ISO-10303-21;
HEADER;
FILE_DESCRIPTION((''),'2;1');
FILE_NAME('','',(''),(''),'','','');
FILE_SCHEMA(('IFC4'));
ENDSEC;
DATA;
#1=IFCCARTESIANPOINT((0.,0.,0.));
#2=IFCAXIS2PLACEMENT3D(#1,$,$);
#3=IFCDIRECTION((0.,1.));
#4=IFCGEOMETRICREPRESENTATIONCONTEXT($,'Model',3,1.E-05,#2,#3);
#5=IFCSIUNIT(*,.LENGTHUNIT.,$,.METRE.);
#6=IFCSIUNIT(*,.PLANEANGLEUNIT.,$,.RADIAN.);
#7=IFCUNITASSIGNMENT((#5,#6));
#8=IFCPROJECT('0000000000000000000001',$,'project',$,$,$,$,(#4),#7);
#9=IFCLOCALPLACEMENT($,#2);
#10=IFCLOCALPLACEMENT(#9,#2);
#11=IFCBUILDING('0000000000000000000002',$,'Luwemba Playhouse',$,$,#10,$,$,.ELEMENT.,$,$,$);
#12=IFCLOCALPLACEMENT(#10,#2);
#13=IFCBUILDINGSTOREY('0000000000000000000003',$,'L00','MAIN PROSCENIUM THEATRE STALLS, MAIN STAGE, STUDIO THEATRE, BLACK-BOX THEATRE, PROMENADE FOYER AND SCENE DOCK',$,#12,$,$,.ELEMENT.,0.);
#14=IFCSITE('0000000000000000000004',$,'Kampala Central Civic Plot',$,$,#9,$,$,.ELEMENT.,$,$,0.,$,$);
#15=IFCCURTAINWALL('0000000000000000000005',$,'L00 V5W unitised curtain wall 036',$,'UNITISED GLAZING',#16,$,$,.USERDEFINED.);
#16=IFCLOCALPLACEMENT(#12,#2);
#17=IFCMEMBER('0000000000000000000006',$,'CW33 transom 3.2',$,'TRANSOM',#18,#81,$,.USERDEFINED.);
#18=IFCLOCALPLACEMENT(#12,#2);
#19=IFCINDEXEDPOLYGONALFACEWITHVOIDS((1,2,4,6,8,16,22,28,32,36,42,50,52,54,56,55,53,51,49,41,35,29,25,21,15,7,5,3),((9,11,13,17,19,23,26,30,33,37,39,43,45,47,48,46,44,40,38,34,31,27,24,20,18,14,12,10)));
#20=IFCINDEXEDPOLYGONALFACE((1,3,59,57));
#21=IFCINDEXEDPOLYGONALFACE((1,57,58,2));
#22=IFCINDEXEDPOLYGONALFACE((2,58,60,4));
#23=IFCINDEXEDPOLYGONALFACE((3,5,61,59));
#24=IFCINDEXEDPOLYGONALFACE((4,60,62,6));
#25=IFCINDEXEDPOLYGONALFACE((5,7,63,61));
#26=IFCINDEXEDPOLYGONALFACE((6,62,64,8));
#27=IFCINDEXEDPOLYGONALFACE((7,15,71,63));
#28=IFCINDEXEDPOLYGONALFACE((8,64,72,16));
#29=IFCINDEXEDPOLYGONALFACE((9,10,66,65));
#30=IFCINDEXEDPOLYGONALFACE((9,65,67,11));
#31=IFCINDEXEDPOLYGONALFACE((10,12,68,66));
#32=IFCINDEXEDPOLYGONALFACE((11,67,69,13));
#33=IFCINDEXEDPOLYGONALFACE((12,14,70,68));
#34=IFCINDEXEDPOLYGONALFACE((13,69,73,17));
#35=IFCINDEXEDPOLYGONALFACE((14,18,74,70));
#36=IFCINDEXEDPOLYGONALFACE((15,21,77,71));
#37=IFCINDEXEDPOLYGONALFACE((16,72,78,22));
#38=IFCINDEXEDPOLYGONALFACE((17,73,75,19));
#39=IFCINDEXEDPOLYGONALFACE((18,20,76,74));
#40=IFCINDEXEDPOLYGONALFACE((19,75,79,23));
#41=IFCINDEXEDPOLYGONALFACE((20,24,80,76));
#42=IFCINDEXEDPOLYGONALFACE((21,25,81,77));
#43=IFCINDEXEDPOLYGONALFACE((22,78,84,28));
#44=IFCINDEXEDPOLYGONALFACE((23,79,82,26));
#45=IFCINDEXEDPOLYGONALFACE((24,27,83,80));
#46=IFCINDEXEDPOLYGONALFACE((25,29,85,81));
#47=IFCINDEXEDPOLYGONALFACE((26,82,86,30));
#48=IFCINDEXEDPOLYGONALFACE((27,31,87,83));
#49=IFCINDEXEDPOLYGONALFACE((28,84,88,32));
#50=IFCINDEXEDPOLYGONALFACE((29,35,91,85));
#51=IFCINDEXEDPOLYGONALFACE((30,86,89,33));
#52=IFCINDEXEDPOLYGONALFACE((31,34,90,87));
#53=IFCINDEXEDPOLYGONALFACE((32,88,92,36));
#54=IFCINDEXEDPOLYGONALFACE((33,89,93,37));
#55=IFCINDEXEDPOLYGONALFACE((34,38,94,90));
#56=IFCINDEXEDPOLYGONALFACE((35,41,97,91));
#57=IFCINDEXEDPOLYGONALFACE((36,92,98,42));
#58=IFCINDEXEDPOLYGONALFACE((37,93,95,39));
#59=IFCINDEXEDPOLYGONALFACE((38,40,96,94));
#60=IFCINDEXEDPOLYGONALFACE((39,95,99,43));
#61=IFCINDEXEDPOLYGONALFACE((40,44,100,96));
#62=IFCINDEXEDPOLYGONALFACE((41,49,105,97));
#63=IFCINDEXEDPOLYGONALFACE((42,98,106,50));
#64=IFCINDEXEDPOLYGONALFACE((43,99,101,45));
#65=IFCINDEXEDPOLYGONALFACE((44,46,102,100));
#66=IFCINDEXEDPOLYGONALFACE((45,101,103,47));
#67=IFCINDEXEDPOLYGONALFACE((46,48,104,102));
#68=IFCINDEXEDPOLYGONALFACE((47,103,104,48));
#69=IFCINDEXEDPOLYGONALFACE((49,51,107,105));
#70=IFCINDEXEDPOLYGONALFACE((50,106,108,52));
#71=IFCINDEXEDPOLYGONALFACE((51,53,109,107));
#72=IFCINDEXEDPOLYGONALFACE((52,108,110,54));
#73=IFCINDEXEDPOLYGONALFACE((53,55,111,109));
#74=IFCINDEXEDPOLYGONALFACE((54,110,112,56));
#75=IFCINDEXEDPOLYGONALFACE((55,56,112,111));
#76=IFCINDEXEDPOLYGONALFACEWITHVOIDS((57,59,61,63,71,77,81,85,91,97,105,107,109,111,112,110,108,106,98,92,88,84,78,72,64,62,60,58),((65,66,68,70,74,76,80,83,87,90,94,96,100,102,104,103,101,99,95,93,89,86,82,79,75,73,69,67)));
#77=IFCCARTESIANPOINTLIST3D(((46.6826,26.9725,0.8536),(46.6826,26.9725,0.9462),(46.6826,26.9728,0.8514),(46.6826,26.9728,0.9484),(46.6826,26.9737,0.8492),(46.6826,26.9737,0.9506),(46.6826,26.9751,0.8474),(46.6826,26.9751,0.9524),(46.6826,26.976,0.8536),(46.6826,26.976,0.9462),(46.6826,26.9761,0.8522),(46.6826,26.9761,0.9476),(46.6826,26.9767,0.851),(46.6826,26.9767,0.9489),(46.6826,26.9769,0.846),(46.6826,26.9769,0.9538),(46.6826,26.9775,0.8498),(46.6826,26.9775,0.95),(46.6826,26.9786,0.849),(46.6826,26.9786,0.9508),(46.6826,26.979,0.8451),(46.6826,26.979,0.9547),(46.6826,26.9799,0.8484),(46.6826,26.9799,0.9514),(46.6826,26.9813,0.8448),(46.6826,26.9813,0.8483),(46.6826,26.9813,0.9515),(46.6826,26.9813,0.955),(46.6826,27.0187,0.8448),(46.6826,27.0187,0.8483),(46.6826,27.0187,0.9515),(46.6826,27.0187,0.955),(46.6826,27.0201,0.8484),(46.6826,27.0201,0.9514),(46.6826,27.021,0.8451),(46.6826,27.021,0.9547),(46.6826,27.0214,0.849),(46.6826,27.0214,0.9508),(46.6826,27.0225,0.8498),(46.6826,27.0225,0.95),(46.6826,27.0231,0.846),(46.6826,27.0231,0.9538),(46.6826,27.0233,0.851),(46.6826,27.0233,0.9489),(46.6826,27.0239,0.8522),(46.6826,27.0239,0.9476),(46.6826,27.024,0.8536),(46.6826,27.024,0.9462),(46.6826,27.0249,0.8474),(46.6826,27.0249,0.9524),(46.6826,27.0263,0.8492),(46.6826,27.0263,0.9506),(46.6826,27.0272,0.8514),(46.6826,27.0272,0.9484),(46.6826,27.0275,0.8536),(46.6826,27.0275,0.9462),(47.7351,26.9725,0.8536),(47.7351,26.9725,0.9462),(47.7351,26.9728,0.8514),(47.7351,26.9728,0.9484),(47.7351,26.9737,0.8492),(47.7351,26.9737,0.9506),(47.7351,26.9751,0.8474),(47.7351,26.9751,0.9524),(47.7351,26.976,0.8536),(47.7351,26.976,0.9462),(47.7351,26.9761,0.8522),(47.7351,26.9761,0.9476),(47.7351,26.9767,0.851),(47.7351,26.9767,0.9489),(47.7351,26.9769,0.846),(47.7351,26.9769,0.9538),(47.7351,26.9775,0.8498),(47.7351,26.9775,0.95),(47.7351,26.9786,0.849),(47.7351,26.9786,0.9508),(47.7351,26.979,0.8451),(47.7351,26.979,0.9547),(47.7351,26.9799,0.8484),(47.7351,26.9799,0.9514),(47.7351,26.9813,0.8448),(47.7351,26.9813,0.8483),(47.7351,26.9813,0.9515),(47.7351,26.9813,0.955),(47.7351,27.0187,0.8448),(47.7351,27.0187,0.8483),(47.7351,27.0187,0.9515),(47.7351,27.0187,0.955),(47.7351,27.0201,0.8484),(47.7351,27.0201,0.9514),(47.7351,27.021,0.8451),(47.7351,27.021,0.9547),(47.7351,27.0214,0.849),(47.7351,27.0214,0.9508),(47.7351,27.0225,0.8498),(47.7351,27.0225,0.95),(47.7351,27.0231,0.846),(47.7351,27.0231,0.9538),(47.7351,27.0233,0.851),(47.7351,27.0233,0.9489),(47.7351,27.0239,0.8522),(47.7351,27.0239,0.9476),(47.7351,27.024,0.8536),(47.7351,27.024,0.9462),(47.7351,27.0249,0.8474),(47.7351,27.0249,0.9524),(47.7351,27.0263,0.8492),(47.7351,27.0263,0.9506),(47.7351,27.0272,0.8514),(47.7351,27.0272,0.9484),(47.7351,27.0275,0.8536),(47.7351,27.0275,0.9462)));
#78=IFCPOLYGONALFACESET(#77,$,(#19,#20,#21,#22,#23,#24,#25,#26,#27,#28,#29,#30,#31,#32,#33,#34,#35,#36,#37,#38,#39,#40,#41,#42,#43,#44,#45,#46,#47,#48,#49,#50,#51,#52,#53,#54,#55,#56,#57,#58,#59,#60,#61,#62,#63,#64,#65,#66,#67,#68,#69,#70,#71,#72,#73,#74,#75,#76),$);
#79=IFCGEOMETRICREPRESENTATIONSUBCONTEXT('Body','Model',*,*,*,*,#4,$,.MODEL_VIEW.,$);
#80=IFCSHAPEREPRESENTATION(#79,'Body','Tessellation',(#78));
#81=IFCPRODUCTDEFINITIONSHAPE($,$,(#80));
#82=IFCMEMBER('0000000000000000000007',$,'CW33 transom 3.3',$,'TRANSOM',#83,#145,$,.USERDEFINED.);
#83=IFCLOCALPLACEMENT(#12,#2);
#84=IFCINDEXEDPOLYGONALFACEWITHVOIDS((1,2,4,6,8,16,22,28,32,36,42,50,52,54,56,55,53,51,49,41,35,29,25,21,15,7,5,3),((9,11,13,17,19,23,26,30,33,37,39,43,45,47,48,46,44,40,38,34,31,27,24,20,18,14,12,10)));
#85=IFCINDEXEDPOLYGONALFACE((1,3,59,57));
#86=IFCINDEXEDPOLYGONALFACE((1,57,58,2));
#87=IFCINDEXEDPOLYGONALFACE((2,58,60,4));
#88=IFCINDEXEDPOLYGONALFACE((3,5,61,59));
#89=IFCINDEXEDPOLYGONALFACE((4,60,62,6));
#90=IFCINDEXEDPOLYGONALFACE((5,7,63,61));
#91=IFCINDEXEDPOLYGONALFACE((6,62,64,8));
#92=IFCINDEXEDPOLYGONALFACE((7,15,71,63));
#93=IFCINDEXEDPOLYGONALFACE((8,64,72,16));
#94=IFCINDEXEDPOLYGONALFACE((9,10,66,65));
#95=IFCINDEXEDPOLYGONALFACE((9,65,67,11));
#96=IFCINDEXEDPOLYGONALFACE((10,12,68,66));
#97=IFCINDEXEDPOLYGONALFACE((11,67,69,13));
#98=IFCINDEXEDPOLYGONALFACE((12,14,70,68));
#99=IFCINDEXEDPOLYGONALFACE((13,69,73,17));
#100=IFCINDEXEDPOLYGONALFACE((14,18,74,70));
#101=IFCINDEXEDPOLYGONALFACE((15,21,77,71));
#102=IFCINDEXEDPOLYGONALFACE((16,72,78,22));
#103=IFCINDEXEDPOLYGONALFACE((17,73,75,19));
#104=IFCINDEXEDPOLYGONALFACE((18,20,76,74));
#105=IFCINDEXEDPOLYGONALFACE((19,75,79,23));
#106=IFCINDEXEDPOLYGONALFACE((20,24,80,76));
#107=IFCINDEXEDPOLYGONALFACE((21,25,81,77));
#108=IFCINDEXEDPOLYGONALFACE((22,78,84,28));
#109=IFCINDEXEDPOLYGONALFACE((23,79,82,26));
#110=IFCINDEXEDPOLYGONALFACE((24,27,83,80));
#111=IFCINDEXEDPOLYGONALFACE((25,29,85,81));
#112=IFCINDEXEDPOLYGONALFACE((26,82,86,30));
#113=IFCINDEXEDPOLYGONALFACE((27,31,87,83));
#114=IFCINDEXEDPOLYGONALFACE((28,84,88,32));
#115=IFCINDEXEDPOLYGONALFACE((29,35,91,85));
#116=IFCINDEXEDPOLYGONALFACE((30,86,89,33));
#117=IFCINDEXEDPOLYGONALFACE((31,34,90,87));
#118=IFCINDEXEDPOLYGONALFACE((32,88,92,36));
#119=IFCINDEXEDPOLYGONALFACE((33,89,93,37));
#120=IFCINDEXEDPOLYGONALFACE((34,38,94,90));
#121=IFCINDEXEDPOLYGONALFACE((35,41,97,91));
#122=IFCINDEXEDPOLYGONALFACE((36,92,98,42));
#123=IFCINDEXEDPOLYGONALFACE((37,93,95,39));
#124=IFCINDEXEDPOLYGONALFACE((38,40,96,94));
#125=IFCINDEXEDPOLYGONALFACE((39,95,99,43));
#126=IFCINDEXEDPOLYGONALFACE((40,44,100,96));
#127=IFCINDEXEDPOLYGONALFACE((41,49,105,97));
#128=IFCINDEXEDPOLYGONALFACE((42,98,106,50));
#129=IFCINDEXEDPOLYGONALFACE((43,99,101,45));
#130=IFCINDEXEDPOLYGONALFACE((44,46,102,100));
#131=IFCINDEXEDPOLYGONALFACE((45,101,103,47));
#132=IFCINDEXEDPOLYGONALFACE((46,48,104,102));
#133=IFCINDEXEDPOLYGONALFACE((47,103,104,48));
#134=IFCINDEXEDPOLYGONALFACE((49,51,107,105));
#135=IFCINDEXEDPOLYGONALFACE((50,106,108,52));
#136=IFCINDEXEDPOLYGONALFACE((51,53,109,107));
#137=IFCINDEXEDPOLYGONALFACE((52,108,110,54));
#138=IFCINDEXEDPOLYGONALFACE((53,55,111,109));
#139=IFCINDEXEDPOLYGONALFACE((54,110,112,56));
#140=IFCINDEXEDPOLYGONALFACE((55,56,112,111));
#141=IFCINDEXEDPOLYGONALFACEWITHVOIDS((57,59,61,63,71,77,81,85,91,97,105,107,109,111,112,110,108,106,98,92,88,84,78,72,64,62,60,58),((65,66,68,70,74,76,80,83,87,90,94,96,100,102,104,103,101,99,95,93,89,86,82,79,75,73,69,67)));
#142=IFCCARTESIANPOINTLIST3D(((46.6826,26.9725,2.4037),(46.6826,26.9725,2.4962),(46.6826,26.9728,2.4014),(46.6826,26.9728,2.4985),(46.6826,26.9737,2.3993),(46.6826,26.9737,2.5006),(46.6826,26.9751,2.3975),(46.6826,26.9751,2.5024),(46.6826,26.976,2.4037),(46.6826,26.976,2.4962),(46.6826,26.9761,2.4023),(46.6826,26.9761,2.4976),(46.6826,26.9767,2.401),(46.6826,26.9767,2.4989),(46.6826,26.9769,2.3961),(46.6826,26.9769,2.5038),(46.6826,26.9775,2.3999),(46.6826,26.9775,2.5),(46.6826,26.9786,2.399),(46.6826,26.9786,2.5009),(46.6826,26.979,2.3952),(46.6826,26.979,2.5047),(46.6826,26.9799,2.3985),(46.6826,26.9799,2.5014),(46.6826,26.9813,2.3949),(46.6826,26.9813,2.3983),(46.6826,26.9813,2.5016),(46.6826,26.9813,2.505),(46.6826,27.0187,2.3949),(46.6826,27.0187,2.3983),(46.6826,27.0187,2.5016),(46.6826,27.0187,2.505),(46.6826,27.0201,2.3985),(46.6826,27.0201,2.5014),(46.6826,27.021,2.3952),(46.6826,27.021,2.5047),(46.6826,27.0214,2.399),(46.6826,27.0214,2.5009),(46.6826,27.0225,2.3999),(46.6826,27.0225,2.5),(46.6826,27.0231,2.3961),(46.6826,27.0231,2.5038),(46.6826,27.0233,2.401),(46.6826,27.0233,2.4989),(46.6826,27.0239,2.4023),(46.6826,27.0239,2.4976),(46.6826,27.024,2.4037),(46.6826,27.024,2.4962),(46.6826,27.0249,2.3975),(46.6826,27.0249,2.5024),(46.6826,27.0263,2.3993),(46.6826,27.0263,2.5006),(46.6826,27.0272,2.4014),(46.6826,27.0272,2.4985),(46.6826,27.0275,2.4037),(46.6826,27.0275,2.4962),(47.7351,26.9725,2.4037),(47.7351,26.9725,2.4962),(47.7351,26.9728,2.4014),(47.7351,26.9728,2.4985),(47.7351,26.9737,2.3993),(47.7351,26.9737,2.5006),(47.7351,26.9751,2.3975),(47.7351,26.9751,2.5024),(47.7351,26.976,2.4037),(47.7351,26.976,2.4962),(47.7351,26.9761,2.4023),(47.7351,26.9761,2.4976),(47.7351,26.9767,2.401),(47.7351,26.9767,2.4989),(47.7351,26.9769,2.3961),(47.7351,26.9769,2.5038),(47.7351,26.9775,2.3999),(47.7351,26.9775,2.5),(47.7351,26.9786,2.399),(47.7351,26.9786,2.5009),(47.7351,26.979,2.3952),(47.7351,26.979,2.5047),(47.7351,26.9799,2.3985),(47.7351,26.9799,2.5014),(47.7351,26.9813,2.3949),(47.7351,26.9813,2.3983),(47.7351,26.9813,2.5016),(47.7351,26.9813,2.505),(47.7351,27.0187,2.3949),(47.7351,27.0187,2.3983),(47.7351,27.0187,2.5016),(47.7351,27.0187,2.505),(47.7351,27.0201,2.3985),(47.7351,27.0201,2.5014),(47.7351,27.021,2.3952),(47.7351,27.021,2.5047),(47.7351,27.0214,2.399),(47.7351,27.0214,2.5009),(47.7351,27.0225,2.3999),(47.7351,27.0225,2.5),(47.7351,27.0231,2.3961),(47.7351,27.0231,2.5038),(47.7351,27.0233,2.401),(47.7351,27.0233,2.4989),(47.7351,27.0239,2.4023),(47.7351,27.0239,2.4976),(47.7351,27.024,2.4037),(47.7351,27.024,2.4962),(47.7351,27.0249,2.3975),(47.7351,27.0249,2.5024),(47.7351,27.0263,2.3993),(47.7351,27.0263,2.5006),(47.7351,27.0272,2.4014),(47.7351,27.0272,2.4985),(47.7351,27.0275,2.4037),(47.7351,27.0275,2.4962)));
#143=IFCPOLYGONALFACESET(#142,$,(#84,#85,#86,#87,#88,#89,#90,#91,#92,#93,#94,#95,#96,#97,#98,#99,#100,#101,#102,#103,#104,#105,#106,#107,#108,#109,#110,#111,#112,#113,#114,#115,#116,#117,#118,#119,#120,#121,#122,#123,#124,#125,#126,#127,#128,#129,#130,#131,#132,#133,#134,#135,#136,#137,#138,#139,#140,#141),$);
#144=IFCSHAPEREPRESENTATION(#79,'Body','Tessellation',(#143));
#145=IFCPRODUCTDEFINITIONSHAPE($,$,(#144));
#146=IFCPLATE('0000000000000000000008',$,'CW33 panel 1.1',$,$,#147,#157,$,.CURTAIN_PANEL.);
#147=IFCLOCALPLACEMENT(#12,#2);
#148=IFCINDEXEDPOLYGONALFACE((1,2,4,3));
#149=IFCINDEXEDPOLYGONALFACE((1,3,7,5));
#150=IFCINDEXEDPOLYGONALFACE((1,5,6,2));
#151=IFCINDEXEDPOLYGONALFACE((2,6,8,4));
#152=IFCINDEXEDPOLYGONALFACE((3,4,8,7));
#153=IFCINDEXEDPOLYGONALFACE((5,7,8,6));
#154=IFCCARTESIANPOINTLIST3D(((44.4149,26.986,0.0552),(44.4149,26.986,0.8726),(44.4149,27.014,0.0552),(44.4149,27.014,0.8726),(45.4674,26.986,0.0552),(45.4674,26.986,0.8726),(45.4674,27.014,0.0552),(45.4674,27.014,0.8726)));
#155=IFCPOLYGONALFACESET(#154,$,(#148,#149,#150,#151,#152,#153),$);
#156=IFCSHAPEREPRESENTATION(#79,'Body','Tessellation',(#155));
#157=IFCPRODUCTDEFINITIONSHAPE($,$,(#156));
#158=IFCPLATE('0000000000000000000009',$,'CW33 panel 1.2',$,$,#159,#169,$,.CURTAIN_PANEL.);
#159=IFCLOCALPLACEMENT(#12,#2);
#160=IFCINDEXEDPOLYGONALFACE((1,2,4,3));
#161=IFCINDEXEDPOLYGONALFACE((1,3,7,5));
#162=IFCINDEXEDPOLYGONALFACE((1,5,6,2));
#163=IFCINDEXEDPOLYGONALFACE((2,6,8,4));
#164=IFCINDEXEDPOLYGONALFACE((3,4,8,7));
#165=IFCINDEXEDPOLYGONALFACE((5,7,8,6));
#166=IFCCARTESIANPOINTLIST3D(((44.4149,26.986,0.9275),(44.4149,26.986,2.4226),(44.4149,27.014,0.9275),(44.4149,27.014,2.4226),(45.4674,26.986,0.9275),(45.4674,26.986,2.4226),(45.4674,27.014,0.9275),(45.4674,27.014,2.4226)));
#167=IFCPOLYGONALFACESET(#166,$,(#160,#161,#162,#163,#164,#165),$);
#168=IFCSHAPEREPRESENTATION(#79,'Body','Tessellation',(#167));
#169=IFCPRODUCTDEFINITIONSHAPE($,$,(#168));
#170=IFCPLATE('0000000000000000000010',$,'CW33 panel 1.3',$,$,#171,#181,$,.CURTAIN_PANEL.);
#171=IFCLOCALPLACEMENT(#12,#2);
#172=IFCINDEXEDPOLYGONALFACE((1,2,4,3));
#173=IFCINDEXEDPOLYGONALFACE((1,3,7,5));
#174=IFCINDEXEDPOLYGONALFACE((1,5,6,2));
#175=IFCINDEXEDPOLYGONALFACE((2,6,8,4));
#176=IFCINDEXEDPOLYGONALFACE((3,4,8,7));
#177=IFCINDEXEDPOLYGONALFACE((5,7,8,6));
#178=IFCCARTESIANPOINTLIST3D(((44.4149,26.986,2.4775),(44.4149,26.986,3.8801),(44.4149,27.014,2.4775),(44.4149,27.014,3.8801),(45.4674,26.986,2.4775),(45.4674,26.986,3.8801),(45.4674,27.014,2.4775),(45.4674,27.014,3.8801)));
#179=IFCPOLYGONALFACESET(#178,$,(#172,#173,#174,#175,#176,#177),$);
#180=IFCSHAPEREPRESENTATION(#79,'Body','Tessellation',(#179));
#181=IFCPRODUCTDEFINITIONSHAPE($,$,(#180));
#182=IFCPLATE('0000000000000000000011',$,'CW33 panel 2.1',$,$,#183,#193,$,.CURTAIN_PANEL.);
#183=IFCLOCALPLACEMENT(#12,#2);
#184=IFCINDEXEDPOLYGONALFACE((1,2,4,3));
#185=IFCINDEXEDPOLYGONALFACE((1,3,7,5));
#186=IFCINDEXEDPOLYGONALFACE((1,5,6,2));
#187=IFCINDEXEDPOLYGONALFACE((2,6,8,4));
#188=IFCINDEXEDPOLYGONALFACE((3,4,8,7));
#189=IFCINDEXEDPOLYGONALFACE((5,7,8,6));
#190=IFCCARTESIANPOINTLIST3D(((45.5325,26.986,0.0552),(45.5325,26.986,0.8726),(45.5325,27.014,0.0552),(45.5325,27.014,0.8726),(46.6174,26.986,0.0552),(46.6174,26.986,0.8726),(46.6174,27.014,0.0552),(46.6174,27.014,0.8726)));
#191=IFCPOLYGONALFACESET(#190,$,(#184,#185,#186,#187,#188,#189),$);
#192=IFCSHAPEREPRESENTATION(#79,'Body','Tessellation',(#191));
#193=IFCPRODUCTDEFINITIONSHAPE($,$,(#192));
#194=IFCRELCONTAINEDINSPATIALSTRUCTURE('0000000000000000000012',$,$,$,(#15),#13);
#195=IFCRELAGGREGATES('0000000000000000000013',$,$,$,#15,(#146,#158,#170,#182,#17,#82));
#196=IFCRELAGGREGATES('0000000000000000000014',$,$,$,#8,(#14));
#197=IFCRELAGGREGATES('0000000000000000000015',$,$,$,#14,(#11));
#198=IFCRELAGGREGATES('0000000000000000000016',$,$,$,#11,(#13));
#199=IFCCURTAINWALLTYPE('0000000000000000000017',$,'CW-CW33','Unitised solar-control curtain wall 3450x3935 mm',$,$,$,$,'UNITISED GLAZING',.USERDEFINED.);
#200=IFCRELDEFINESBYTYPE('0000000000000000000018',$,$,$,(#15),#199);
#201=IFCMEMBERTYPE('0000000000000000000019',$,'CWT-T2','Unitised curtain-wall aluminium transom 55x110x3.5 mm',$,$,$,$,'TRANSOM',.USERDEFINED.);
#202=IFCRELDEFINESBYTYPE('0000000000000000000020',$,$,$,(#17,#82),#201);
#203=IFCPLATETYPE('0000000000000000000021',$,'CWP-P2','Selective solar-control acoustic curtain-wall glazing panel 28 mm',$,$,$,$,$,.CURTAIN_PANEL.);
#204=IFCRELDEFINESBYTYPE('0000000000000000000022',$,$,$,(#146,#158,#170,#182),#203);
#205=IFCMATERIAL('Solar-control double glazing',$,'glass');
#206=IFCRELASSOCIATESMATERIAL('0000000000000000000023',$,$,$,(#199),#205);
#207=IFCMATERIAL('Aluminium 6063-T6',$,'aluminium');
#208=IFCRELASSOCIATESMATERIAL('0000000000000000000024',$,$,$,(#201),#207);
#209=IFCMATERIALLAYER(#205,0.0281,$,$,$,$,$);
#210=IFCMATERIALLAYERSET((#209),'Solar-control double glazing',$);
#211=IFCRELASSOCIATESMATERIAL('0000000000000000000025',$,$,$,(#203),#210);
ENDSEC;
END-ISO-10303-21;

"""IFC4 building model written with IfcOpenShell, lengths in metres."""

from ifc_helpers import new_model, si_unit, direction, frame, origin, origin_2d, place, context, subcontext, project, spatial, rectangle, hollow_rectangle, extrude, material, layer, layer_set, material_profile, profile_set, type_object, element, aggregate, save


model = new_model("IFC4")

# Units and contexts
model_context = context("Model", 3, precision=1e-05, world=origin(), true_north=direction((0.0, 1.0)))
body_context = subcontext(model_context, "Body", "Model", "MODEL_VIEW")
ifc_project = project(units=[si_unit("LENGTHUNIT", "METRE"), si_unit("PLANEANGLEUNIT", "RADIAN")], contexts=[model_context])

# Site, building, storey
site_placement = place(None, origin())
site = spatial("IfcSite", under=ifc_project, at=site_placement, Name="Kampala Central Civic Plot", CompositionType="ELEMENT", RefElevation=0.0)
building_placement = place(site_placement, origin())
building = spatial("IfcBuilding", under=site, at=building_placement, Name="Luwemba Playhouse", CompositionType="ELEMENT")
storey_placement = place(building_placement, origin())
storey = spatial("IfcBuildingStorey", under=building, at=storey_placement, Name="L00", Description="MAIN PROSCENIUM THEATRE STALLS, MAIN STAGE, STUDIO THEATRE, BLACK-BOX THEATRE, PROMENADE FOYER AND SCENE DOCK", CompositionType="ELEMENT", Elevation=0.0)

# Curtain wall, members, plates
ifc_material_1 = material(Name="Solar-control double glazing", Category="glass")
curtain_wall_type = type_object("IfcCurtainWallType", Name="CW-CW33", Description="Unitised solar-control curtain wall 3450x3935 mm", ElementType="UNITISED GLAZING", PredefinedType="USERDEFINED", material=ifc_material_1)
curtain_wall_placement = place(storey_placement, origin())
curtain_wall = element("IfcCurtainWall", 1, at=curtain_wall_placement, inside=storey, type_object=curtain_wall_type, Name="L00 V5W unitised curtain wall 036", ObjectType="UNITISED GLAZING", PredefinedType="USERDEFINED")
ifc_material_2 = material(Name="Aluminium 6063-T6", Category="aluminium")
ifc_material_profile_1 = material_profile(ifc_material_2, hollow_rectangle(XDim=0.0549, YDim=0.1101, WallThickness=0.0034, InnerFilletRadius=0.0054, OuterFilletRadius=0.0088, at=origin_2d()))
ifc_profile_set_1 = profile_set([ifc_material_profile_1], Name="Aluminium 6063-T6")
member_type_1 = type_object("IfcMemberType", Name="CWT-T2", Description="Unitised curtain-wall aluminium transom 55x110x3.5 mm", ElementType="TRANSOM", PredefinedType="USERDEFINED", material=ifc_profile_set_1)
member_1_placement = place(storey_placement, frame((46.6826, 27.0, 0.8999), z_axis=(1.0, 0.0, 0.0), x_axis=(0.0, 1.0, 0.0)))
member_1 = element("IfcMember", 2, at=member_1_placement, type_object=member_type_1, Name="CW33 transom 3.2", ObjectType="TRANSOM", PredefinedType="USERDEFINED", context=body_context, shape_type="SweptSolid", body=[
    extrude(hollow_rectangle(XDim=0.0549, YDim=0.1101, WallThickness=0.0034, InnerFilletRadius=0.0054, OuterFilletRadius=0.0088, at=origin_2d()), origin(), (0.0, 0.0, 1.0), 1.0525),
])
member_2_placement = place(storey_placement, frame((46.6826, 27.0, 2.45), z_axis=(1.0, 0.0, 0.0), x_axis=(0.0, 1.0, 0.0)))
member_2 = element("IfcMember", 3, at=member_2_placement, type_object=member_type_1, Name="CW33 transom 3.3", ObjectType="TRANSOM", PredefinedType="USERDEFINED", context=body_context, shape_type="SweptSolid", body=[
    extrude(hollow_rectangle(XDim=0.0549, YDim=0.1101, WallThickness=0.0034, InnerFilletRadius=0.0054, OuterFilletRadius=0.0088, at=origin_2d()), origin(), (0.0, 0.0, 1.0), 1.0525),
])
ifc_layer_1 = layer(ifc_material_1, 0.0281)
ifc_layer_set_1 = layer_set([ifc_layer_1], Name="Solar-control double glazing")
plate_type = type_object("IfcPlateType", Name="CWP-P2", Description="Selective solar-control acoustic curtain-wall glazing panel 28 mm", PredefinedType="CURTAIN_PANEL", material=ifc_layer_set_1)
plate_1_placement = place(storey_placement, frame((44.9412, 27.0, 0.0552), z_axis=(0.0, 0.0, 1.0), x_axis=(1.0, 0.0, 0.0)))
plate_1 = element("IfcPlate", 4, at=plate_1_placement, type_object=plate_type, Name="CW33 panel 1.1", PredefinedType="CURTAIN_PANEL", context=body_context, shape_type="SweptSolid", body=[
    extrude(rectangle(XDim=1.0525, YDim=0.0281, at=origin_2d()), origin(), (0.0, 0.0, 1.0), 0.8174),
])
plate_2_placement = place(storey_placement, frame((44.9412, 27.0, 0.9275), z_axis=(0.0, 0.0, 1.0), x_axis=(1.0, 0.0, 0.0)))
plate_2 = element("IfcPlate", 5, at=plate_2_placement, type_object=plate_type, Name="CW33 panel 1.2", PredefinedType="CURTAIN_PANEL", context=body_context, shape_type="SweptSolid", body=[
    extrude(rectangle(XDim=1.0525, YDim=0.0281, at=origin_2d()), origin(), (0.0, 0.0, 1.0), 1.4951),
])
plate_3_placement = place(storey_placement, frame((44.9412, 27.0, 2.4775), z_axis=(0.0, 0.0, 1.0), x_axis=(1.0, 0.0, 0.0)))
plate_3 = element("IfcPlate", 6, at=plate_3_placement, type_object=plate_type, Name="CW33 panel 1.3", PredefinedType="CURTAIN_PANEL", context=body_context, shape_type="SweptSolid", body=[
    extrude(rectangle(XDim=1.0525, YDim=0.0281, at=origin_2d()), origin(), (0.0, 0.0, 1.0), 1.4026),
])
plate_4_placement = place(storey_placement, frame((46.075, 27.0, 0.0552), z_axis=(0.0, 0.0, 1.0), x_axis=(1.0, 0.0, 0.0)))
plate_4 = element("IfcPlate", 7, at=plate_4_placement, type_object=plate_type, Name="CW33 panel 2.1", PredefinedType="CURTAIN_PANEL", context=body_context, shape_type="SweptSolid", body=[
    extrude(rectangle(XDim=1.085, YDim=0.0281, at=origin_2d()), origin(), (0.0, 0.0, 1.0), 0.8174),
])
aggregate(curtain_wall, [plate_1, plate_2, plate_3, plate_4, member_1, member_2])

save(model, "model.ifc")
